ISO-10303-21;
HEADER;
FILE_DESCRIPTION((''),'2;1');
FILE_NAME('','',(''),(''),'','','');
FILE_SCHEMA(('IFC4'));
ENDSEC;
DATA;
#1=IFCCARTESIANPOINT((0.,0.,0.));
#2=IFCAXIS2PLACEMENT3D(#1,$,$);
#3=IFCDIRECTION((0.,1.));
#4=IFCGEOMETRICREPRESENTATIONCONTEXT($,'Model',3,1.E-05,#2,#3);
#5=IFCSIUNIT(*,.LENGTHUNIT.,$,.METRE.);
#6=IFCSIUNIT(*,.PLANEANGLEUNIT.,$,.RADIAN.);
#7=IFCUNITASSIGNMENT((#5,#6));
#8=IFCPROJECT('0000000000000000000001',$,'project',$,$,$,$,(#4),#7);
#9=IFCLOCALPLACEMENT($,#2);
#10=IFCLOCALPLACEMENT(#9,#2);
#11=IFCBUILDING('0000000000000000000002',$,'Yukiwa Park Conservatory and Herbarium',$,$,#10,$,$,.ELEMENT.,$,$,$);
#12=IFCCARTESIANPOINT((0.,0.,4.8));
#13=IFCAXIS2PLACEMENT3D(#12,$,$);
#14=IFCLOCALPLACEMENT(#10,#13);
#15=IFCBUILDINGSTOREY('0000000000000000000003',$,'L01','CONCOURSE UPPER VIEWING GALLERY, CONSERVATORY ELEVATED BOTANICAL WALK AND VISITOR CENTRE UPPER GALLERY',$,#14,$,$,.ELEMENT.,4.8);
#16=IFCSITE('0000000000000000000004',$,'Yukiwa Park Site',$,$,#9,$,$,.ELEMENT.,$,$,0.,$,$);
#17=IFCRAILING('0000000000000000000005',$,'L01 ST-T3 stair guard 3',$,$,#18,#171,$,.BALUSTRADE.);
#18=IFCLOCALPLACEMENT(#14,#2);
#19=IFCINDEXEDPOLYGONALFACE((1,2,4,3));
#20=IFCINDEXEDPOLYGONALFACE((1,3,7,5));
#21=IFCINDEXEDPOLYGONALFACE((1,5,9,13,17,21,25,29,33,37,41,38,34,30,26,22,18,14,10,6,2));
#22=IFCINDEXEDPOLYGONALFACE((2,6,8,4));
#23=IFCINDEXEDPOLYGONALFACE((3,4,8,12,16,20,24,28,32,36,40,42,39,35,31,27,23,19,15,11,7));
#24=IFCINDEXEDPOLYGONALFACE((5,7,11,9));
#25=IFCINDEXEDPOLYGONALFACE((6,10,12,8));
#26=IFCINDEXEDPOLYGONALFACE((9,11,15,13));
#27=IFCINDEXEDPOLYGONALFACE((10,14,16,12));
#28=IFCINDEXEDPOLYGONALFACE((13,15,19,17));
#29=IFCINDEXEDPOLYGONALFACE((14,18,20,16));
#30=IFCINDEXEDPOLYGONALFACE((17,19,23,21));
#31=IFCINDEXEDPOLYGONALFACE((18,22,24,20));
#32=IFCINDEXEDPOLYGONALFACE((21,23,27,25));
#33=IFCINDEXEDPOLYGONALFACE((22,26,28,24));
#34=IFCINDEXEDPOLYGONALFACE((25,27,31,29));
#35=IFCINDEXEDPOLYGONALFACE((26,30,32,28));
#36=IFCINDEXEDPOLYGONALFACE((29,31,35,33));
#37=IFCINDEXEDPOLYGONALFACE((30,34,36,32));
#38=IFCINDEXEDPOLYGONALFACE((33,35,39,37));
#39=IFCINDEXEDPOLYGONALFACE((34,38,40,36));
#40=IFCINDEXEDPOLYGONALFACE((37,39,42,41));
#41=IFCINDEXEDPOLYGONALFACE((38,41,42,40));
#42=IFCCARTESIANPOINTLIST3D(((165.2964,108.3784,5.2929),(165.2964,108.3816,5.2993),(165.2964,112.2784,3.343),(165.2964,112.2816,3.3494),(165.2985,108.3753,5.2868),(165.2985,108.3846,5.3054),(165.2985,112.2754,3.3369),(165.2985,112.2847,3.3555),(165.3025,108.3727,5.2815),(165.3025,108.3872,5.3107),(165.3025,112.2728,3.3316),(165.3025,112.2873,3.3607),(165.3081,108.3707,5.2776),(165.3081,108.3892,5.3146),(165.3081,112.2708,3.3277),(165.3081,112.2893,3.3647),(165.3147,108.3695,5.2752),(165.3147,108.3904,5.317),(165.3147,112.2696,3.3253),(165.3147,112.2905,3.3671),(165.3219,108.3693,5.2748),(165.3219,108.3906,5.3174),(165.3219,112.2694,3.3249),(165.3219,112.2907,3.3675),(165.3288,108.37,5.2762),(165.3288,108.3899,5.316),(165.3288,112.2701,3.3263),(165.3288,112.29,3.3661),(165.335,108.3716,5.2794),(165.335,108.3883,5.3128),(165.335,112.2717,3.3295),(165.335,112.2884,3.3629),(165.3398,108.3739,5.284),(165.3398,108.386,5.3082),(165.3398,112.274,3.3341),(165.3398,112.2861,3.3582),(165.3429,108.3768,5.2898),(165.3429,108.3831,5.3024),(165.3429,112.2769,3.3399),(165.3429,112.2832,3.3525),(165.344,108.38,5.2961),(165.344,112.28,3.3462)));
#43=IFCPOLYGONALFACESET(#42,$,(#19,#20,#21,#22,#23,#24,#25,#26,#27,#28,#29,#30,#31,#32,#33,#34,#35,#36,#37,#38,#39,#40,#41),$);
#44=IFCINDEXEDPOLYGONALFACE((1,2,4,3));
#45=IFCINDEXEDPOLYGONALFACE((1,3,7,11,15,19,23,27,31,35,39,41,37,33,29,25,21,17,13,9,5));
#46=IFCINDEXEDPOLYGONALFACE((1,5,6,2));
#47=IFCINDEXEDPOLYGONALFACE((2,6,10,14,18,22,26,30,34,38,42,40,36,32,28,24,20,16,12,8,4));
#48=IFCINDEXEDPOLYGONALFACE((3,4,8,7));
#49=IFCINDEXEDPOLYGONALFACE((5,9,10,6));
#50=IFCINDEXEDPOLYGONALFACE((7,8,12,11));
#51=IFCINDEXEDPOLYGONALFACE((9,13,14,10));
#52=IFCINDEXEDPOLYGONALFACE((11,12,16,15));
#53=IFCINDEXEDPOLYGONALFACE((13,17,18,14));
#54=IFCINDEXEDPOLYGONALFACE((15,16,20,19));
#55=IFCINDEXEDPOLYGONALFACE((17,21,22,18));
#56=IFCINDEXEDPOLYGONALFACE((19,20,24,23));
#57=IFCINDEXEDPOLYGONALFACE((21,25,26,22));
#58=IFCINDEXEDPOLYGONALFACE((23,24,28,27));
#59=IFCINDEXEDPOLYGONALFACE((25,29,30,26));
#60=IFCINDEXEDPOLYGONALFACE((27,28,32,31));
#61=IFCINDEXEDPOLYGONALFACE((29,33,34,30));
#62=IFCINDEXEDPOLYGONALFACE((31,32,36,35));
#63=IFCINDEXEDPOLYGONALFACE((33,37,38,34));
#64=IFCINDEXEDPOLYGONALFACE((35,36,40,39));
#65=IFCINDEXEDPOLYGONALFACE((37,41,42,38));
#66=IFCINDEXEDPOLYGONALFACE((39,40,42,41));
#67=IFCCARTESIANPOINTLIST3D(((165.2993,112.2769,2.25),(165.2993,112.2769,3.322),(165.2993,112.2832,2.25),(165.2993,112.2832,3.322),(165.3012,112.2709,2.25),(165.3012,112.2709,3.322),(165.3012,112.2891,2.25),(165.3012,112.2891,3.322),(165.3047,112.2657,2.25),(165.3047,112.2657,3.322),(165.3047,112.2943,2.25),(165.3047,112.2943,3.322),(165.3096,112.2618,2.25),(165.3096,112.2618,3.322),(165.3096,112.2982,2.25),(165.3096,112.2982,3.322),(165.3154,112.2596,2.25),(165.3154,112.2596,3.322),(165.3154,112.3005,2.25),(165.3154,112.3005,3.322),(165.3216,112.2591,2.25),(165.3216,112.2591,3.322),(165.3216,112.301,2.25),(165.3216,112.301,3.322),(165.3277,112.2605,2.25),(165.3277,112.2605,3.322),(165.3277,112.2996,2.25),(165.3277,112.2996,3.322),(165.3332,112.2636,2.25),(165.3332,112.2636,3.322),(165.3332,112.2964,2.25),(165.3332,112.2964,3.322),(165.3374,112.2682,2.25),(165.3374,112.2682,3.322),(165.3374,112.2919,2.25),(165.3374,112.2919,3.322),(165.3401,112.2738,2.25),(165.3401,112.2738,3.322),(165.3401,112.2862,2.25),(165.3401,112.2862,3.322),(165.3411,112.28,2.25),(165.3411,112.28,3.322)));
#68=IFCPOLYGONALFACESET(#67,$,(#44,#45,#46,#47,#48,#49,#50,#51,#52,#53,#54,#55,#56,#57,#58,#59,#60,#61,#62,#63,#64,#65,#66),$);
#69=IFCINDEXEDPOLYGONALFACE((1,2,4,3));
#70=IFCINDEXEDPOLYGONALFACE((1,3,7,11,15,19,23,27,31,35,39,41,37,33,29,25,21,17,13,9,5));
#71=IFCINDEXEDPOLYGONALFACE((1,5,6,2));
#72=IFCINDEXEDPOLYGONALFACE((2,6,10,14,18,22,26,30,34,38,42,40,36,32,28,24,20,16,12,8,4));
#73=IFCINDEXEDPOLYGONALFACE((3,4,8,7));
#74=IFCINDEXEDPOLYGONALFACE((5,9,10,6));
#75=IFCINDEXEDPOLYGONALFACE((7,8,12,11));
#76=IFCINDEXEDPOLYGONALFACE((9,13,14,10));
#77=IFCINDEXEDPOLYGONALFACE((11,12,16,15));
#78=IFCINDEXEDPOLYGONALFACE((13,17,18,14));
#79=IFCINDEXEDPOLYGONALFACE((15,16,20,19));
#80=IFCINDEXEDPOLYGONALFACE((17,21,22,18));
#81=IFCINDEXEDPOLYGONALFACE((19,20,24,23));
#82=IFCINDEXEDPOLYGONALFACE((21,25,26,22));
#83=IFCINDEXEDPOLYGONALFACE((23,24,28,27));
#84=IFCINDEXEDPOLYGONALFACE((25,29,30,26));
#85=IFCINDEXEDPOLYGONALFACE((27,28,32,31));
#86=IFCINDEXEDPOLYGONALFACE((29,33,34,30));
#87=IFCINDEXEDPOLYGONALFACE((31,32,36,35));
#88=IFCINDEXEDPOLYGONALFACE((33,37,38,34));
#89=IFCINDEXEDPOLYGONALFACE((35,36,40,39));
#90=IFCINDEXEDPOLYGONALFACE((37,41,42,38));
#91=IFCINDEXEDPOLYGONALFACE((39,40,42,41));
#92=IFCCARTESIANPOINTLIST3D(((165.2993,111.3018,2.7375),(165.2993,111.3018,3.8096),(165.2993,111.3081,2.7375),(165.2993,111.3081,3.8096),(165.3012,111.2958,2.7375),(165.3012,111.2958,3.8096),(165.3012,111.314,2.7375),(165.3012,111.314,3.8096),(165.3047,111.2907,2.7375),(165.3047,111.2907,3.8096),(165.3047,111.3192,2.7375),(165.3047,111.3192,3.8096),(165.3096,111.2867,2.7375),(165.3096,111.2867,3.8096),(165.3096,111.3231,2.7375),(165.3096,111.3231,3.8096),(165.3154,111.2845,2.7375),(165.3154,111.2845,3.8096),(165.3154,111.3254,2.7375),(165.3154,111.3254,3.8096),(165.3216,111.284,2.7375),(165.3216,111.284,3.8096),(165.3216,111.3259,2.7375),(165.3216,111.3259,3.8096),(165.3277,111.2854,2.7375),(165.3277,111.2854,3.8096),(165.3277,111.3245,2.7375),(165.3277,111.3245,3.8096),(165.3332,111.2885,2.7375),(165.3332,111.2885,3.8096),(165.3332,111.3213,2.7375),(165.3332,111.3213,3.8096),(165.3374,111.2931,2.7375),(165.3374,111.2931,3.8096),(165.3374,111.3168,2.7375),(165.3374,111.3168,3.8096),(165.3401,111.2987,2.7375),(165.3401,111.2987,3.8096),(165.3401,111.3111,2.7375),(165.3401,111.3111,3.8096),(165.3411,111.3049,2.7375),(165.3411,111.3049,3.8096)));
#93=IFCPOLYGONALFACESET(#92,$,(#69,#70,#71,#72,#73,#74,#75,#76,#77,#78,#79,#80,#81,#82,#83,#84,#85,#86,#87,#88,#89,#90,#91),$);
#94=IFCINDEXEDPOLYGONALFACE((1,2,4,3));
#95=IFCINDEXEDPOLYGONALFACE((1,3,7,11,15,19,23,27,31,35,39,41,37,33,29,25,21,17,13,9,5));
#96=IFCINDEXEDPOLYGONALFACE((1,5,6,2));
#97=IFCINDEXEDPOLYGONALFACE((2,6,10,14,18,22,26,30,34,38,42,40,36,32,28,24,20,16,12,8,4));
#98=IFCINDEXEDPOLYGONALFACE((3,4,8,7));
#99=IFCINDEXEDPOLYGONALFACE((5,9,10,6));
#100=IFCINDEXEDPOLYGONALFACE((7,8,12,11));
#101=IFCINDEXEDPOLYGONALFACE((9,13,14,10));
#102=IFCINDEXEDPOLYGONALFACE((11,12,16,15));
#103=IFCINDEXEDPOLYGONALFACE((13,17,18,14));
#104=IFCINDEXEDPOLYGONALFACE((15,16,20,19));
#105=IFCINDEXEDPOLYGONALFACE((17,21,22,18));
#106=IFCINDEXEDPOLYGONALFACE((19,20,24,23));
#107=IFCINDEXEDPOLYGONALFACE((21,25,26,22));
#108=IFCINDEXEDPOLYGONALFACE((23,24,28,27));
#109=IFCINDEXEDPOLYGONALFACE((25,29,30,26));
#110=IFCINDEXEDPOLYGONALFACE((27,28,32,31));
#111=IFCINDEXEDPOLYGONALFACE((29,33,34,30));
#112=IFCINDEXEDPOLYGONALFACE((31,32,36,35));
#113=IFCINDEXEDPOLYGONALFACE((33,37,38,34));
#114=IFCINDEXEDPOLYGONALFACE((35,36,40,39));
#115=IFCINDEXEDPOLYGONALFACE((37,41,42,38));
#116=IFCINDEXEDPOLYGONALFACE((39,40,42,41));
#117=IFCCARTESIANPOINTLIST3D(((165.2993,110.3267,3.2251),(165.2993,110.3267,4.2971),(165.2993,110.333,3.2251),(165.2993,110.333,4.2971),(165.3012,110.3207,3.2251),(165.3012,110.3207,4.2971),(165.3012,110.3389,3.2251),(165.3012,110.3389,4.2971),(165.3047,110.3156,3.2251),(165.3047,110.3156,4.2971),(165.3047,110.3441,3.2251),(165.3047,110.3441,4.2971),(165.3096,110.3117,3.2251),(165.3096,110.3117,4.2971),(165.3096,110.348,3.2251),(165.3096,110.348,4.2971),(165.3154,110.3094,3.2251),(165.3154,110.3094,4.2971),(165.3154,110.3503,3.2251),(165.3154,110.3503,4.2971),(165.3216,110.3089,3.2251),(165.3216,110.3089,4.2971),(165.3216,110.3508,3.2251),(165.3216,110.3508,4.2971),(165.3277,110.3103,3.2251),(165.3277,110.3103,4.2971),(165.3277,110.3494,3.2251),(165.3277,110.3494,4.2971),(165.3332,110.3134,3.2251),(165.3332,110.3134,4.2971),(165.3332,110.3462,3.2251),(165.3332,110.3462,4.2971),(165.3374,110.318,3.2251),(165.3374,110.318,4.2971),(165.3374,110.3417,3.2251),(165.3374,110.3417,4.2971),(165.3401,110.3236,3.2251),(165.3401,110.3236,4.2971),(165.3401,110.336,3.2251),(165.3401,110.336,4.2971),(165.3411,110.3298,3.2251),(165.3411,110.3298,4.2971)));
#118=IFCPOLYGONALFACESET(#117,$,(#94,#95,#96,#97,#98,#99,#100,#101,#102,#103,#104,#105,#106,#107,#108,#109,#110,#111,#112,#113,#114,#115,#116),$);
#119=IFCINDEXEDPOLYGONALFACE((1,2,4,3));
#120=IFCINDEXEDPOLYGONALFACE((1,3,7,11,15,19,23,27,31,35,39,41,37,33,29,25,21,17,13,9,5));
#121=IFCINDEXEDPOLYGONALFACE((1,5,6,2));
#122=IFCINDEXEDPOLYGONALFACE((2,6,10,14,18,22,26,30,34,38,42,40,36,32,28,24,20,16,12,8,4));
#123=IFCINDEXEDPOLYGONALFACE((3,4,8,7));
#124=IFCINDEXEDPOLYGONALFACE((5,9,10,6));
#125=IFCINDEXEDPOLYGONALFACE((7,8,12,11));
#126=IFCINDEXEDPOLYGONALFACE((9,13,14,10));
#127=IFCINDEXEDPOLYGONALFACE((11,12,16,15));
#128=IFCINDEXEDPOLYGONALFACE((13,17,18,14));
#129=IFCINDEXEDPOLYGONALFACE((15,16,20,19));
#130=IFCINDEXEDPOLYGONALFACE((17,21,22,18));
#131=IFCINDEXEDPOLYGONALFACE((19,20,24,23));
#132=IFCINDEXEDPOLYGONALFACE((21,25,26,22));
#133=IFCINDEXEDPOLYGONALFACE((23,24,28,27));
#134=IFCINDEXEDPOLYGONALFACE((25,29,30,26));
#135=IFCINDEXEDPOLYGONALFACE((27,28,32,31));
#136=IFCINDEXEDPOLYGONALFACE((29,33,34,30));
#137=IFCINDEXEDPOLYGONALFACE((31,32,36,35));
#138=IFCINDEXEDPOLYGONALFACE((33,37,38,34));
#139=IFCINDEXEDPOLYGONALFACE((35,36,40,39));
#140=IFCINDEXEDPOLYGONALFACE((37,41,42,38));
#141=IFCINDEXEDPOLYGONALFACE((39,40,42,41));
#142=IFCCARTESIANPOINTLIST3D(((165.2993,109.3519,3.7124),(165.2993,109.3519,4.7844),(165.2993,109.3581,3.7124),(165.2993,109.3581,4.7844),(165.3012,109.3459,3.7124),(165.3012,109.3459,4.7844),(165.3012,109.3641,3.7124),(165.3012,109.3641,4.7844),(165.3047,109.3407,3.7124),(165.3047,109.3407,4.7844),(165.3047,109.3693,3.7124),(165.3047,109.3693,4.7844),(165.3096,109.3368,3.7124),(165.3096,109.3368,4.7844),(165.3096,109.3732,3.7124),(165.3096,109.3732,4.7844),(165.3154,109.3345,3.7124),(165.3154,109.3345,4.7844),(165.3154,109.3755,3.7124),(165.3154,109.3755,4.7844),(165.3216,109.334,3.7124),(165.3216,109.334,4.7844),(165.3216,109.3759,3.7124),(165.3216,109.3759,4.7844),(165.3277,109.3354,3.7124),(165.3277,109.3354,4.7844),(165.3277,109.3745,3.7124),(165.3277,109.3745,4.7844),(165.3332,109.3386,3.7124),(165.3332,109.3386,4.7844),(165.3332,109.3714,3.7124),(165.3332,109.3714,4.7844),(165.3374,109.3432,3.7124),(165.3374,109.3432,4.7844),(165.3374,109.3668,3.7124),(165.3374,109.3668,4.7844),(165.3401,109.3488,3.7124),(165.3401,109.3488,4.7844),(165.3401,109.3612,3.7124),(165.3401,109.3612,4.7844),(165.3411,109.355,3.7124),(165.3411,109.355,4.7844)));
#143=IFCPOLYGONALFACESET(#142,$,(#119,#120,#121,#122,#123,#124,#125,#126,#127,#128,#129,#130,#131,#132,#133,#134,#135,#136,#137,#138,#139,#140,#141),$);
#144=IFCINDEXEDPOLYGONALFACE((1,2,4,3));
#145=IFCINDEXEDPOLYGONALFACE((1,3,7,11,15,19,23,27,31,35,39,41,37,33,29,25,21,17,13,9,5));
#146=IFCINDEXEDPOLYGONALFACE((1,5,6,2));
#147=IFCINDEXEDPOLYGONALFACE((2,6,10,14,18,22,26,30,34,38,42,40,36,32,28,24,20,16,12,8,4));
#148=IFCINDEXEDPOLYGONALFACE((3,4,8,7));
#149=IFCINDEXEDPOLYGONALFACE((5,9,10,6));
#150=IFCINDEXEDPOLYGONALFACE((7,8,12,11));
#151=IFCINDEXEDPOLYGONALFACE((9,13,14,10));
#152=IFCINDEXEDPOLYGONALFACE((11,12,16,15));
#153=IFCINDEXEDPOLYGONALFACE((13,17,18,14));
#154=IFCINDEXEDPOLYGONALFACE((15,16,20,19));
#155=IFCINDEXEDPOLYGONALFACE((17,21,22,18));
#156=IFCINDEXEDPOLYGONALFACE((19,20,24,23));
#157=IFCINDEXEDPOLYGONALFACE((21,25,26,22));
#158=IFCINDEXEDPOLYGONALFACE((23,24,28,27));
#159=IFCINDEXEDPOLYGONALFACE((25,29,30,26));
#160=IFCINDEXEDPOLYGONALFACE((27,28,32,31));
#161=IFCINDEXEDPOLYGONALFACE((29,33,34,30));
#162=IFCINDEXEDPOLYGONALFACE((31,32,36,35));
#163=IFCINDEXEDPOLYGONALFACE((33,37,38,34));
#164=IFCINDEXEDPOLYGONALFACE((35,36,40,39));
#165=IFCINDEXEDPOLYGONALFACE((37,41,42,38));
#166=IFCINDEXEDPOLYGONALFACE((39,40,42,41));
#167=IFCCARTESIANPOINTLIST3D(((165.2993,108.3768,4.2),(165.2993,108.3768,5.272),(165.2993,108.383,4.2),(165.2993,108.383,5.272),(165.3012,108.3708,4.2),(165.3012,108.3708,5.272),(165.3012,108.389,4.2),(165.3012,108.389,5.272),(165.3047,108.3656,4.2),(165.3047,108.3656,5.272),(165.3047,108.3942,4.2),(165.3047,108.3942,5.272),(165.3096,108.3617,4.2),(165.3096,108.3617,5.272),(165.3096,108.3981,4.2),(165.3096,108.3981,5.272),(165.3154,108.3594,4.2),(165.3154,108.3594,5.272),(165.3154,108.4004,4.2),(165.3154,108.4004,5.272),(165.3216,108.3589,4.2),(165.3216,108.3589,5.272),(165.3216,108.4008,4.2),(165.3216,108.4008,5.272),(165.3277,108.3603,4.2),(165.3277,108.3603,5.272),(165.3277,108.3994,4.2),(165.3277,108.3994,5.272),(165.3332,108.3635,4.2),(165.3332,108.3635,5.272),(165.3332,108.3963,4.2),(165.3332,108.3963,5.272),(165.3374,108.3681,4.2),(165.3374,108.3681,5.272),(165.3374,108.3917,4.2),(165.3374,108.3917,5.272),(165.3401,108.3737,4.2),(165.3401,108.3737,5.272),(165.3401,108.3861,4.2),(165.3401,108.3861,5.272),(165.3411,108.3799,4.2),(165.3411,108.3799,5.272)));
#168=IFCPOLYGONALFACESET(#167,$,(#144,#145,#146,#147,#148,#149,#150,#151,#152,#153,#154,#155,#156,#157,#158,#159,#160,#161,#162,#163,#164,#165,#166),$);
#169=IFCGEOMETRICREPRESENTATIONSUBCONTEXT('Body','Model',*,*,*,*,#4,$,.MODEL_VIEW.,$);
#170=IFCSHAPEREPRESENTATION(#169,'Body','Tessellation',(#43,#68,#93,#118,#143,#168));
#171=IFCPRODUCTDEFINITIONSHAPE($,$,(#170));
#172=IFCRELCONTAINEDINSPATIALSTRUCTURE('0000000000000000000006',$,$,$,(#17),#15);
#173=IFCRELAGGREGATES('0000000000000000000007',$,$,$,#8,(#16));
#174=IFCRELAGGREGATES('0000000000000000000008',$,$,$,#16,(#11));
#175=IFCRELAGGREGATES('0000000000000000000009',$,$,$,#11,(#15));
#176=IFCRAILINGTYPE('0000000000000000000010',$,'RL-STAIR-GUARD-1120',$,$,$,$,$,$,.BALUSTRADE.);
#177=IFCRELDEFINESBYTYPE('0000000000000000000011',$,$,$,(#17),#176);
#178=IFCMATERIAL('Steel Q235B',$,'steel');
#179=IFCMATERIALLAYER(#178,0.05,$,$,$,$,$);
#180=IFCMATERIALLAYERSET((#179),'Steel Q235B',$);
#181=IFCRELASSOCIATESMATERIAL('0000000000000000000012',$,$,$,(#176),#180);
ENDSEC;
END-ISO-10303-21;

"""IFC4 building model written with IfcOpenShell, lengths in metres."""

from ifc_helpers import new_model, si_unit, direction, frame, origin, origin_2d, place, context, subcontext, project, spatial, circle, extrude, material, layer, layer_set, type_object, element, save


model = new_model("IFC4")

# Units and contexts
model_context = context("Model", 3, precision=1e-05, world=origin(), true_north=direction((0.0, 1.0)))
body_context = subcontext(model_context, "Body", "Model", "MODEL_VIEW")
ifc_project = project(units=[si_unit("LENGTHUNIT", "METRE"), si_unit("PLANEANGLEUNIT", "RADIAN")], contexts=[model_context])

# Site, building, storey
site_placement = place(None, origin())
site = spatial("IfcSite", under=ifc_project, at=site_placement, Name="Yukiwa Park Site", CompositionType="ELEMENT", RefElevation=0.0)
building_placement = place(site_placement, origin())
building = spatial("IfcBuilding", under=site, at=building_placement, Name="Yukiwa Park Conservatory and Herbarium", CompositionType="ELEMENT")
storey_placement = place(building_placement, frame((0.0, 0.0, 4.8)))
storey = spatial("IfcBuildingStorey", under=building, at=storey_placement, Name="L01", Description="CONCOURSE UPPER VIEWING GALLERY, CONSERVATORY ELEVATED BOTANICAL WALK AND VISITOR CENTRE UPPER GALLERY", CompositionType="ELEMENT", Elevation=4.8)

# Railing
ifc_material_1 = material(Name="Steel Q235B", Category="steel")
ifc_layer_1 = layer(ifc_material_1, 0.05)
ifc_layer_set_1 = layer_set([ifc_layer_1], Name="Steel Q235B")
railing_type_1 = type_object("IfcRailingType", Name="RL-STAIR-GUARD-1120", PredefinedType="BALUSTRADE", material=ifc_layer_set_1)
railing_1_placement = place(storey_placement, frame((165.3201, 112.28, 2.25)))
element("IfcRailing", 1, at=railing_1_placement, inside=storey, type_object=railing_type_1, Name="L01 ST-T3 stair guard 3", PredefinedType="BALUSTRADE", context=body_context, shape_type="SweptSolid", body=[
    extrude(circle(Radius=0.0239, at=origin_2d()), frame((0.0, 0.0, 1.0962), z_axis=(0.0, -0.894438, 0.447191), x_axis=(1.0, 0.0, 0.0)), (0.0, 0.0, 1.0), 4.3604),
    extrude(circle(Radius=0.021, at=origin_2d()), origin(), (0.0, 0.0, 1.0), 1.072),
    extrude(circle(Radius=0.021, at=origin_2d()), frame((0.0, -0.9751, 0.4875)), (0.0, 0.0, 1.0), 1.072),
    extrude(circle(Radius=0.021, at=origin_2d()), frame((0.0, -1.9502, 0.9751)), (0.0, 0.0, 1.0), 1.072),
    extrude(circle(Radius=0.021, at=origin_2d()), frame((0.0, -2.925, 1.4624)), (0.0, 0.0, 1.0), 1.072),
    extrude(circle(Radius=0.021, at=origin_2d()), frame((0.0, -3.9001, 1.95)), (0.0, 0.0, 1.0), 1.072),
])

save(model, "model.ifc")
